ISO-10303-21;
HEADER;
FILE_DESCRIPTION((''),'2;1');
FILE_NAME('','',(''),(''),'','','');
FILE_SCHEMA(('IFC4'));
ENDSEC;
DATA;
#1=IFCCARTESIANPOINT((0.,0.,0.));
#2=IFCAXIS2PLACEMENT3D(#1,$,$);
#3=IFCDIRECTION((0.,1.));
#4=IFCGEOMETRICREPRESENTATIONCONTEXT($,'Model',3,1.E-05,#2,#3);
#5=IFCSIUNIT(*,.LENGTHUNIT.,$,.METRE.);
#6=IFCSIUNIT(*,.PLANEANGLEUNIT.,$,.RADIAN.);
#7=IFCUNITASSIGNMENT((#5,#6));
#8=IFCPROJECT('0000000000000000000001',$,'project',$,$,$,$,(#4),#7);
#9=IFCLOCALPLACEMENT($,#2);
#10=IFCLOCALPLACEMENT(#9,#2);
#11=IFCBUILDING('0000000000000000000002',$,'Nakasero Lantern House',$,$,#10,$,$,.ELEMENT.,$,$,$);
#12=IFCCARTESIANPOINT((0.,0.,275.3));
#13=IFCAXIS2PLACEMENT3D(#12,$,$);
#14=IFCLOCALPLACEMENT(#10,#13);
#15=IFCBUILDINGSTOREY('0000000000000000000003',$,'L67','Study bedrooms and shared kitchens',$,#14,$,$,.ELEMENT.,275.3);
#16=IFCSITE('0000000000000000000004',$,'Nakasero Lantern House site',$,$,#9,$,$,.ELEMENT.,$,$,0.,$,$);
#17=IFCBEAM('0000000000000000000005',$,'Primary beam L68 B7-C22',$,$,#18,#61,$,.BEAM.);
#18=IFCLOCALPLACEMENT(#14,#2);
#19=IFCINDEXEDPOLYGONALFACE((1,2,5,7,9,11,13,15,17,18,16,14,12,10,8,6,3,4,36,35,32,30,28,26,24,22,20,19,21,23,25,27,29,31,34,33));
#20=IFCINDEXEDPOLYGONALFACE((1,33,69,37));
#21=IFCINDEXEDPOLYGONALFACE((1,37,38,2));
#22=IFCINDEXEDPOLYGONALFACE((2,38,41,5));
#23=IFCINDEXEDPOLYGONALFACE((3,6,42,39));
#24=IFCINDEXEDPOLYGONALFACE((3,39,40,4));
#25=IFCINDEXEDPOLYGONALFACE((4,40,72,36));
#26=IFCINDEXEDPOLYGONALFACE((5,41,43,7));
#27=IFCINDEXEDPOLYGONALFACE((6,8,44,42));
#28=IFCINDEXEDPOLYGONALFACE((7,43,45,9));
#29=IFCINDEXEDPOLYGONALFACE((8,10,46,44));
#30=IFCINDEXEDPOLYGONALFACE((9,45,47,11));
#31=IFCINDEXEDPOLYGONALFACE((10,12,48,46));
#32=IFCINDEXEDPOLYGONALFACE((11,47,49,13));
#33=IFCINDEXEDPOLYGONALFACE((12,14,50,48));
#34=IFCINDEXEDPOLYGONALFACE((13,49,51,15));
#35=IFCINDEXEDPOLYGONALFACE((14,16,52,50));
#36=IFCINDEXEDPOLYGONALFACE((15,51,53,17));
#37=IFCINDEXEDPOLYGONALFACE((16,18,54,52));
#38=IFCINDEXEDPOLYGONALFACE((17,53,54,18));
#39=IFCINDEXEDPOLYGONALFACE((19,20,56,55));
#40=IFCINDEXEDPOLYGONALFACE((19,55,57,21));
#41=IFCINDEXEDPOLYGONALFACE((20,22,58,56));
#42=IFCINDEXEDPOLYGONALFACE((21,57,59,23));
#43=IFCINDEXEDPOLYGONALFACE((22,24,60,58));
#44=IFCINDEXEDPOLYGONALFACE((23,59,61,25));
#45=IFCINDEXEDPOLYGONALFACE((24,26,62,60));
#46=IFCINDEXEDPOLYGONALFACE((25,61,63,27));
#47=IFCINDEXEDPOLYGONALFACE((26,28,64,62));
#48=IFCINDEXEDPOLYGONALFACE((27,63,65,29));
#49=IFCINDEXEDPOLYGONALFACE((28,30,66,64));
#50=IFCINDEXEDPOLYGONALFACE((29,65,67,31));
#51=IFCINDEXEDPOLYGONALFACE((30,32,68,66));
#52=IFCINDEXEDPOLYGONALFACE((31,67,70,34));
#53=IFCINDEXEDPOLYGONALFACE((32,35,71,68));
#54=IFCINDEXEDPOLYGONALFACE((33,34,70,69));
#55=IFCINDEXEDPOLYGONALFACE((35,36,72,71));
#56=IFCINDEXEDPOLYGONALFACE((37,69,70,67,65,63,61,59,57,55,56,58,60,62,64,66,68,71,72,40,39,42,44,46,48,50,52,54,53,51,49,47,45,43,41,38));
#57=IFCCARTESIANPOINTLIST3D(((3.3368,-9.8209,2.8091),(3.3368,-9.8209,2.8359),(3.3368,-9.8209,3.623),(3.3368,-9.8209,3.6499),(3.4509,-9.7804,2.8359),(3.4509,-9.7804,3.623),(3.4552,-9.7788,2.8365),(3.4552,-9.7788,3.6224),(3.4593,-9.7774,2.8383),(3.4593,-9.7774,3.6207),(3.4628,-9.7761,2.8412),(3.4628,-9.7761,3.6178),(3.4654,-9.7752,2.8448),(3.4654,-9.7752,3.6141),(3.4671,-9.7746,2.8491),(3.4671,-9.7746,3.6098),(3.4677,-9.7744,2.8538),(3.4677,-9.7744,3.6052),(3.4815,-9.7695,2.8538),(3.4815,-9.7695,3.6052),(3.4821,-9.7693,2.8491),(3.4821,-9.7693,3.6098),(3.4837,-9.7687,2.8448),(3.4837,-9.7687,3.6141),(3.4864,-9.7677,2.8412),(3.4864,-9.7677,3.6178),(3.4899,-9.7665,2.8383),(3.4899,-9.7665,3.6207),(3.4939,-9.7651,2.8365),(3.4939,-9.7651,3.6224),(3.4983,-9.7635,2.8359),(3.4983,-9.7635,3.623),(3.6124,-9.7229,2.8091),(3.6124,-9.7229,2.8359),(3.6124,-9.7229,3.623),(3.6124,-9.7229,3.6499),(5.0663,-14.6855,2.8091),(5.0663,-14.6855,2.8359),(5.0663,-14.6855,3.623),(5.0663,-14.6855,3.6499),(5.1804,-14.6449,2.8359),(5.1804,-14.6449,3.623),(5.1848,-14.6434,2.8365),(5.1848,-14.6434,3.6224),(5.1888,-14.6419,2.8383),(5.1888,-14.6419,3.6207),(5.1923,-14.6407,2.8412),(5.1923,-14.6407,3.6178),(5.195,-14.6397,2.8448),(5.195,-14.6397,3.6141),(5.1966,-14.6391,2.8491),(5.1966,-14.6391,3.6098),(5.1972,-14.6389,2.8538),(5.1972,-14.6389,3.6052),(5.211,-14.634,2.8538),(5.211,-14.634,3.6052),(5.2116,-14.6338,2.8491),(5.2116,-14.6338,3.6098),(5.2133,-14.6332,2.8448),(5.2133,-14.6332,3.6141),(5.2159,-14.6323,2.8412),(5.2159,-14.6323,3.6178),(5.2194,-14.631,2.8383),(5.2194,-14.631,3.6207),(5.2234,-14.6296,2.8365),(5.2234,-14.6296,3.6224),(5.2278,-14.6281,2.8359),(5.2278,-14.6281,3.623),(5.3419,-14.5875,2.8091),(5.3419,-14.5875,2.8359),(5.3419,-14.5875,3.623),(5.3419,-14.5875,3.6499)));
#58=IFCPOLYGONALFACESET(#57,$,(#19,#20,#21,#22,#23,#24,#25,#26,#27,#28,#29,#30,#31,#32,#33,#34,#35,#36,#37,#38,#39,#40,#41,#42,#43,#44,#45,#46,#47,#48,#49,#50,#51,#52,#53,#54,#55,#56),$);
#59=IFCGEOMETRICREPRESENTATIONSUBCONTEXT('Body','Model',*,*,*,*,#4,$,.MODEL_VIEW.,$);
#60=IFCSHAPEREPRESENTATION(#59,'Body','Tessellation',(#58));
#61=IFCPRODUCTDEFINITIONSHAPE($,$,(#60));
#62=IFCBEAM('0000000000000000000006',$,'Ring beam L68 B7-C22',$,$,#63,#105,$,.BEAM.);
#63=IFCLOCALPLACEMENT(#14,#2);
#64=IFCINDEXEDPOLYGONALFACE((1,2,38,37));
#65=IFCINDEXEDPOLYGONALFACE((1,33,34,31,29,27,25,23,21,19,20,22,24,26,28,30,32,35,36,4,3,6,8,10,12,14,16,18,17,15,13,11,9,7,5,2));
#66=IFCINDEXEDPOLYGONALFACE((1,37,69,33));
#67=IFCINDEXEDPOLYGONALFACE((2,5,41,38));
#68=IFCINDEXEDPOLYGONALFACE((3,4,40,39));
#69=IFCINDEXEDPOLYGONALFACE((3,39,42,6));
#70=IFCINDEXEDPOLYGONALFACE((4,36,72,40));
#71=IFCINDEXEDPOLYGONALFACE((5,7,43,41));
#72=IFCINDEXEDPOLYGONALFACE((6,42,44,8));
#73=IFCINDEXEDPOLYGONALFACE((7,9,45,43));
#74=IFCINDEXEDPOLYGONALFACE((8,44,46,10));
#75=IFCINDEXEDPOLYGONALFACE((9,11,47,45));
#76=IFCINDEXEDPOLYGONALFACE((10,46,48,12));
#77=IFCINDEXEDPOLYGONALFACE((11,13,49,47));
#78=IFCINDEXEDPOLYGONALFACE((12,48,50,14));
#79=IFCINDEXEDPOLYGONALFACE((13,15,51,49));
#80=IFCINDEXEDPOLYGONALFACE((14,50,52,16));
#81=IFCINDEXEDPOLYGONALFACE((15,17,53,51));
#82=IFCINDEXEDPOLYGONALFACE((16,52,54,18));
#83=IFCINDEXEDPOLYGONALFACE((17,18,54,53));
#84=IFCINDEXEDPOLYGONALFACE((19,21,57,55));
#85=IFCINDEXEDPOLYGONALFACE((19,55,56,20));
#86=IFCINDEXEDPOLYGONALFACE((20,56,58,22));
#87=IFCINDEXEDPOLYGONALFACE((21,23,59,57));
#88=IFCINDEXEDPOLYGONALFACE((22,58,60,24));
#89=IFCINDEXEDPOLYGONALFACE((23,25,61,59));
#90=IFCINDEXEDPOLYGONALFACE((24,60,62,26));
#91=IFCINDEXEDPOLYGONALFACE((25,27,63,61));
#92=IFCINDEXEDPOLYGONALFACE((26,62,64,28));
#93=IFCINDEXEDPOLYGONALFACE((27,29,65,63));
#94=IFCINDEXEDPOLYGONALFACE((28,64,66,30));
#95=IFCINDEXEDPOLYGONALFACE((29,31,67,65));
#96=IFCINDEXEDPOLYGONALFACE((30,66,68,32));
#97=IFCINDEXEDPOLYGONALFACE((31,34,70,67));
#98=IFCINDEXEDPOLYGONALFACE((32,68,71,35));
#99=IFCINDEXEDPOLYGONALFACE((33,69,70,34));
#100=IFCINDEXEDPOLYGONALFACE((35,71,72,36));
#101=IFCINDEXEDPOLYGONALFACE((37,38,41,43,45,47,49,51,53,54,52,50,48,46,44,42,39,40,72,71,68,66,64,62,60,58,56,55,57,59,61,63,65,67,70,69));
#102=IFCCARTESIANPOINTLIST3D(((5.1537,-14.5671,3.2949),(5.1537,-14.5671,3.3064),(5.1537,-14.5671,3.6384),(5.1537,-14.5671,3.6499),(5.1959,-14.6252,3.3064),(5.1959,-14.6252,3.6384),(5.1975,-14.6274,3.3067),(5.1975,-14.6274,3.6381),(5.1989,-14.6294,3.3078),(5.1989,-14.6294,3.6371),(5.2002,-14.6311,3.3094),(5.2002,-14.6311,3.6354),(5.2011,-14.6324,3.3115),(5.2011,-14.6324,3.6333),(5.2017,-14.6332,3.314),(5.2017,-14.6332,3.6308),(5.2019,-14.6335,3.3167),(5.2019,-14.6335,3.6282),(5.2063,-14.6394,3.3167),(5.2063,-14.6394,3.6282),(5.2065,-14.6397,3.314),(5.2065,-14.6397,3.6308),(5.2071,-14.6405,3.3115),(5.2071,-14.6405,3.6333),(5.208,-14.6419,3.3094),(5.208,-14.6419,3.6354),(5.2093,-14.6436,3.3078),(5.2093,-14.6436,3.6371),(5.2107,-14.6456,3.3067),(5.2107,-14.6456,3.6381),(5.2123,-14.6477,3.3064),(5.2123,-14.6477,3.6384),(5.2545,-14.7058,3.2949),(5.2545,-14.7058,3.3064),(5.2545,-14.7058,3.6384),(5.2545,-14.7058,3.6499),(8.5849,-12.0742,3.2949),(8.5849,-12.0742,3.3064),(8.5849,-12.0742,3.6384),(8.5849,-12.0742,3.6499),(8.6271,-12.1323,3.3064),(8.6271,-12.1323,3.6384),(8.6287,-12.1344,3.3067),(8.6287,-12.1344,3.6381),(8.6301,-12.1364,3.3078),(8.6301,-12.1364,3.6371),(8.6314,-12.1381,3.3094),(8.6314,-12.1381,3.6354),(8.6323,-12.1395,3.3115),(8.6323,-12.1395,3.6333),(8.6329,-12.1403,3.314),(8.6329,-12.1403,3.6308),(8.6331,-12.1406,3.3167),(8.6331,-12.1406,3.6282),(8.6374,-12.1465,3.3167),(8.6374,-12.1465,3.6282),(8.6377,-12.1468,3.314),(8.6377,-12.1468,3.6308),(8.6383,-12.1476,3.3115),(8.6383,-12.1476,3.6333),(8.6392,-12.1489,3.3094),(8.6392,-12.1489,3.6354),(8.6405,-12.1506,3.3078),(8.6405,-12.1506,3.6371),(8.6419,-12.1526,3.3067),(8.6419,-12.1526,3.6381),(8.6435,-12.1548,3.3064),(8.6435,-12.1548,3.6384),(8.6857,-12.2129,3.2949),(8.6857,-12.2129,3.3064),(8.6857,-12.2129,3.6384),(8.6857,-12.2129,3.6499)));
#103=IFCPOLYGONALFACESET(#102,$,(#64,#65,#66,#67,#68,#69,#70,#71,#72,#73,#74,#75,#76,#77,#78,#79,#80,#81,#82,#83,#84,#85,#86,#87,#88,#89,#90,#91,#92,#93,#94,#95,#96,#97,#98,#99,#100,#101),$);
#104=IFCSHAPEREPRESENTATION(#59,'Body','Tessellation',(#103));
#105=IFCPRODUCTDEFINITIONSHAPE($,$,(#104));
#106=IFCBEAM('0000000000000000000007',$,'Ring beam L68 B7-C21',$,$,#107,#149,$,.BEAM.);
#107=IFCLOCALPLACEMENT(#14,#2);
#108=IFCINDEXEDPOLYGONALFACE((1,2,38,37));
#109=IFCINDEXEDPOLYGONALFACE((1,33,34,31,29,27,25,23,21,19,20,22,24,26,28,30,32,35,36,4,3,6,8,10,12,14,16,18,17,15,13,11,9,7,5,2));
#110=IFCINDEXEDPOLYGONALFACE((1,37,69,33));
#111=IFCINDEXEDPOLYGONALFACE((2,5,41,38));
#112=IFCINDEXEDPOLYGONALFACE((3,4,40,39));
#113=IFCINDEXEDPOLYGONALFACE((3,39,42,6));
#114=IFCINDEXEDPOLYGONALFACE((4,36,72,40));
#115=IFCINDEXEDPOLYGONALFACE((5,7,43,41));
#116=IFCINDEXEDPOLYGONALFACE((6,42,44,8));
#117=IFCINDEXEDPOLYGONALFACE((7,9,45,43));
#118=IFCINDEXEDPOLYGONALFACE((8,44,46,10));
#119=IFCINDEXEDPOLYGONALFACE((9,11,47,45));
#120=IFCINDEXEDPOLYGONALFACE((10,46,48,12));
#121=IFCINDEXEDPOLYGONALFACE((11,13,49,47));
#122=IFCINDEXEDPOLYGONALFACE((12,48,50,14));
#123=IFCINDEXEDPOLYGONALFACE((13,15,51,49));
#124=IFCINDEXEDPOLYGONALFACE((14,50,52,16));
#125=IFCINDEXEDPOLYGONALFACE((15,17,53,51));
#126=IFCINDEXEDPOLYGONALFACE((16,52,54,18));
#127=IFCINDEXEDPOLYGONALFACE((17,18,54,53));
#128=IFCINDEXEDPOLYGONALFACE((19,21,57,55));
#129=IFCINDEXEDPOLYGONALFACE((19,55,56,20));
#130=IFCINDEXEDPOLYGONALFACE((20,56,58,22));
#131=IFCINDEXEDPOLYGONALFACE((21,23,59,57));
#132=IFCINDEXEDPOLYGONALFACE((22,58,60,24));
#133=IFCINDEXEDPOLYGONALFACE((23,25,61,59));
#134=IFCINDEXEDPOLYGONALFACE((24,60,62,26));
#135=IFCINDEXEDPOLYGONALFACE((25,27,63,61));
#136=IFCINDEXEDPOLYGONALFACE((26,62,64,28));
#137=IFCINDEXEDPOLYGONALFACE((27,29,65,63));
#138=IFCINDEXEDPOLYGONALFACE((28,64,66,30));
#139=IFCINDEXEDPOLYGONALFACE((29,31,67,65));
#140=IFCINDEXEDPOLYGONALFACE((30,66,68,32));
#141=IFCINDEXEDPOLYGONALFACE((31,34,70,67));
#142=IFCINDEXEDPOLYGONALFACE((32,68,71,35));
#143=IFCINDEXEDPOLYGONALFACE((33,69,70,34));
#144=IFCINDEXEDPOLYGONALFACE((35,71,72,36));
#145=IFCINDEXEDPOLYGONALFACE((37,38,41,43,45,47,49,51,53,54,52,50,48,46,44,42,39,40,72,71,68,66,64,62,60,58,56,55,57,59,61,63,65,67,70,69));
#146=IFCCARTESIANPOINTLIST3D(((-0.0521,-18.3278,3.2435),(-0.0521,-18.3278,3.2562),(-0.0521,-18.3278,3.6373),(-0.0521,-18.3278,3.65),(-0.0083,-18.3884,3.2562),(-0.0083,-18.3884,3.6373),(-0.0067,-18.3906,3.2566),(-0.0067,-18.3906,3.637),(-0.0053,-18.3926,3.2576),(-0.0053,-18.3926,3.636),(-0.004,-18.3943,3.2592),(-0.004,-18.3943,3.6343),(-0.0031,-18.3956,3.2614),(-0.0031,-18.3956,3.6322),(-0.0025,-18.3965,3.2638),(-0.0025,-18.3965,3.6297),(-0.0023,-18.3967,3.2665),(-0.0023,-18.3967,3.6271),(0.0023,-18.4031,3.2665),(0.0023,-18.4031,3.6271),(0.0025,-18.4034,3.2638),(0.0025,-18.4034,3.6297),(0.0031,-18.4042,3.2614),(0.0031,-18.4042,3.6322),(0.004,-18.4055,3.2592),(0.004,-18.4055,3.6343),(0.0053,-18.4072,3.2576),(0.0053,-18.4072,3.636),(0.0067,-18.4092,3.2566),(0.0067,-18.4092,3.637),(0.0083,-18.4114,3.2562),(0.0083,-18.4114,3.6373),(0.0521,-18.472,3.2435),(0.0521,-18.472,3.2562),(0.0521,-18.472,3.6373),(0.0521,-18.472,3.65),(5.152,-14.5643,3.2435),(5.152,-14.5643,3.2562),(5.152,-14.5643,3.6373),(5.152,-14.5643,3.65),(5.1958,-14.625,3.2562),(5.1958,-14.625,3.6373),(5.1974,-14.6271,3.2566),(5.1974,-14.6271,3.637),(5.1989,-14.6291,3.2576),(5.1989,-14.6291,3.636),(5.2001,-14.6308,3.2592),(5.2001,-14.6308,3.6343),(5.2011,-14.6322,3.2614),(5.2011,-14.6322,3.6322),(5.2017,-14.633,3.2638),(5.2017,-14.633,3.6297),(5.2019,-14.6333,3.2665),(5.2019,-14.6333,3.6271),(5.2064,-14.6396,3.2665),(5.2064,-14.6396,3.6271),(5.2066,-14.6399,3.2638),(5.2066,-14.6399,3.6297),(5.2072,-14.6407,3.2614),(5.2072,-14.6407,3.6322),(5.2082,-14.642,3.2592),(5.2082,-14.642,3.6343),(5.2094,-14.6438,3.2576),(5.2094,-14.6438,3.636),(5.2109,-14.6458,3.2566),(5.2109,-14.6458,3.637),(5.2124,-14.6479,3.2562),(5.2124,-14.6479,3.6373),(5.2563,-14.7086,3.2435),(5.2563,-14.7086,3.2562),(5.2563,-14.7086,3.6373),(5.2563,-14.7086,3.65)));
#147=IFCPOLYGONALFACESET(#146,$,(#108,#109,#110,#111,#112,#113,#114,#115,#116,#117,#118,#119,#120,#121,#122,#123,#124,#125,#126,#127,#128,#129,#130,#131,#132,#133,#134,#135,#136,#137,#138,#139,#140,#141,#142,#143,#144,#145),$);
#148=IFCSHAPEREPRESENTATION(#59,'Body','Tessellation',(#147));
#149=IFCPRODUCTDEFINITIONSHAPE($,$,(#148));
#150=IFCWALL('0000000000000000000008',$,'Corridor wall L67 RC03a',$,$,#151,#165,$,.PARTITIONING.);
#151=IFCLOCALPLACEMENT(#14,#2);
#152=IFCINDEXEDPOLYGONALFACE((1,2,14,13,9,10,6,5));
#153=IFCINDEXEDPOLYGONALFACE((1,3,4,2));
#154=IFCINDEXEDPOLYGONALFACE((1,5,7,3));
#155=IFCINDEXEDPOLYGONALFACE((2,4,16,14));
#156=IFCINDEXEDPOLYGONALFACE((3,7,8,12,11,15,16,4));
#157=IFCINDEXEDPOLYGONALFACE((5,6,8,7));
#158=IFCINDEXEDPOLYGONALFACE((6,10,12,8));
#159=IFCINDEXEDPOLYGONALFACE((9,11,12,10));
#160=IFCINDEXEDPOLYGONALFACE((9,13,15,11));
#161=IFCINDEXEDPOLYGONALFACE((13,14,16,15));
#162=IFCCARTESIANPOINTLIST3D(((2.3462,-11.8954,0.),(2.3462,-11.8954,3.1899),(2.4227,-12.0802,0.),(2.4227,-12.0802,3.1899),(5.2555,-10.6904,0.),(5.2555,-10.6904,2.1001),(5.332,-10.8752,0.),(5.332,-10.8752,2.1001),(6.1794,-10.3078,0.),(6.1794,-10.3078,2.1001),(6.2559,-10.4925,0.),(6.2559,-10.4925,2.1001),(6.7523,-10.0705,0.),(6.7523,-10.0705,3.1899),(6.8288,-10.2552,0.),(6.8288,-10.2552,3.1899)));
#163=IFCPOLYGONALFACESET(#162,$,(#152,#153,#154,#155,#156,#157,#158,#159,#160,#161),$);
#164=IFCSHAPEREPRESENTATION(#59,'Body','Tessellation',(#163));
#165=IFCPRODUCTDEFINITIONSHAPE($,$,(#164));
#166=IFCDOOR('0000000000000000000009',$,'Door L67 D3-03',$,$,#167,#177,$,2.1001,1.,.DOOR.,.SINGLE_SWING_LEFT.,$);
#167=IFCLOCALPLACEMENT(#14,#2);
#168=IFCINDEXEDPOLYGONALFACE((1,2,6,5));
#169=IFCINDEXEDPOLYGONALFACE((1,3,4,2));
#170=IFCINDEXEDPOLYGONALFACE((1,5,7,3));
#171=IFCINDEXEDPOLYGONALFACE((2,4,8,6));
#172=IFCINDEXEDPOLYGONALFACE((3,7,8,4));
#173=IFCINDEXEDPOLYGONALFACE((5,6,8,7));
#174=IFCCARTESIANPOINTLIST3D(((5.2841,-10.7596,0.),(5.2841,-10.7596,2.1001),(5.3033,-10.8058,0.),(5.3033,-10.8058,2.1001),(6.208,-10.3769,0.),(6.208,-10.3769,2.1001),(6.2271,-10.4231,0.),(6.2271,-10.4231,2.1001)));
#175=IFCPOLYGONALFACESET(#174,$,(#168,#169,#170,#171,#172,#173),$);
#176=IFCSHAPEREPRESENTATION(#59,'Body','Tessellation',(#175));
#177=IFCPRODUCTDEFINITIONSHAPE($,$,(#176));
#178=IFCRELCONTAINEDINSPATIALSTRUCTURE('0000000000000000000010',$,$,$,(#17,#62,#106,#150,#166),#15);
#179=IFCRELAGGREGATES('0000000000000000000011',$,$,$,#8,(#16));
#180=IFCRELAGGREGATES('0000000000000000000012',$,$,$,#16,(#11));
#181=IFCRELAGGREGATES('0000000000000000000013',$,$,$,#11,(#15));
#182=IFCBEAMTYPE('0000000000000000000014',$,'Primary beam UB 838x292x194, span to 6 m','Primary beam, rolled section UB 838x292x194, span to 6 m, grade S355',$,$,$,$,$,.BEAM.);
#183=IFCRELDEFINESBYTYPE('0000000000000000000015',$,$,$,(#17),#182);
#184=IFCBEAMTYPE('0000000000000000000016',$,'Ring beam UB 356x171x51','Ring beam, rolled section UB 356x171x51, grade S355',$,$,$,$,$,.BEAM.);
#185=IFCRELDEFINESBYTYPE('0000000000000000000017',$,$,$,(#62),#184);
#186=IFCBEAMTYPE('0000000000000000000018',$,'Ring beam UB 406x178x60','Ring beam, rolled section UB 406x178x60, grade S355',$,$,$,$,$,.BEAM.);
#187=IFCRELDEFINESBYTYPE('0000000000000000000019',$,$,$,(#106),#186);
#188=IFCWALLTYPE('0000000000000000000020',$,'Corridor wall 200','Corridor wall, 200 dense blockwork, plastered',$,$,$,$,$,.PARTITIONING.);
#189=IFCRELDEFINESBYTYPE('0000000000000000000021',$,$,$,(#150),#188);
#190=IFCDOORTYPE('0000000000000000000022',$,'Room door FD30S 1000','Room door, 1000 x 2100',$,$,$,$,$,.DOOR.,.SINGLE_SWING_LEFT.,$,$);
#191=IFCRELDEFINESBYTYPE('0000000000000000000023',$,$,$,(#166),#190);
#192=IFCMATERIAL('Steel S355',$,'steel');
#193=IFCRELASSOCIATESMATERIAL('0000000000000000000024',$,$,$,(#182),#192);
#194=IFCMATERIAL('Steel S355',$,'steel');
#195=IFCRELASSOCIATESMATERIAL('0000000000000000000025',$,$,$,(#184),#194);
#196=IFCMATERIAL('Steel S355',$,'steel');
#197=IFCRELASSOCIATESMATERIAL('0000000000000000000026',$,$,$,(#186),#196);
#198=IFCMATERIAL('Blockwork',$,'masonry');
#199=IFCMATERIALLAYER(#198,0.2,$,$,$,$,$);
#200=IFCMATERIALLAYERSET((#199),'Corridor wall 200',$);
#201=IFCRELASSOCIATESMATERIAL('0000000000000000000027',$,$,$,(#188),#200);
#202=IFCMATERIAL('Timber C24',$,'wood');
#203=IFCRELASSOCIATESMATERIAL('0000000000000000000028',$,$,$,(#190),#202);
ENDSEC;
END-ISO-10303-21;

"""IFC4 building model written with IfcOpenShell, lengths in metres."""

from ifc_helpers import new_model, si_unit, direction, frame, frame_2d, origin, origin_2d, place, context, subcontext, project, spatial, rectangle, i_section, extrude, material, layer, layer_set, material_profile, profile_set, type_object, element, fill, save


model = new_model("IFC4")

# Units and contexts
model_context = context("Model", 3, precision=1e-05, world=origin(), true_north=direction((0.0, 1.0)))
body_context = subcontext(model_context, "Body", "Model", "MODEL_VIEW")
ifc_project = project(units=[si_unit("LENGTHUNIT", "METRE"), si_unit("PLANEANGLEUNIT", "RADIAN")], contexts=[model_context])

# Site, building, storey
site_placement = place(None, origin())
site = spatial("IfcSite", under=ifc_project, at=site_placement, Name="Nakasero Lantern House site", CompositionType="ELEMENT", RefElevation=0.0)
building_placement = place(site_placement, origin())
building = spatial("IfcBuilding", under=site, at=building_placement, Name="Nakasero Lantern House", CompositionType="ELEMENT")
storey_placement = place(building_placement, frame((0.0, 0.0, 275.3)))
storey = spatial("IfcBuildingStorey", under=building, at=storey_placement, Name="L67", Description="Study bedrooms and shared kitchens", CompositionType="ELEMENT", Elevation=275.3)

# Beams
ifc_material_1 = material(Name="Steel S355", Category="steel")
ifc_material_profile_1 = material_profile(ifc_material_1, i_section(OverallWidth=0.2925, OverallDepth=0.8408, WebThickness=0.0146, FlangeThickness=0.0269, FilletRadius=0.0178, at=origin_2d()), Name="UB 838x292x194")
ifc_profile_set_1 = profile_set([ifc_material_profile_1], Name="Steel S355")
beam_type_1 = type_object("IfcBeamType", Name="Primary beam UB 838x292x194, span to 6 m", Description="Primary beam, rolled section UB 838x292x194, span to 6 m, grade S355", PredefinedType="BEAM", material=ifc_profile_set_1)
beam_1_placement = place(storey_placement, frame((5.2041, -14.6365, 3.2295), z_axis=(-0.334991, 0.942221, 0.0), x_axis=(-0.942221, -0.334991, 0.0)))
element("IfcBeam", 1, at=beam_1_placement, inside=storey, type_object=beam_type_1, Name="Primary beam L68 B7-C22", PredefinedType="BEAM", context=body_context, shape_type="SweptSolid", body=[
    extrude(i_section(OverallWidth=0.2925, OverallDepth=0.8408, WebThickness=0.0146, FlangeThickness=0.0269, FilletRadius=0.0178, at=origin_2d()), origin(), (0.0, 0.0, 1.0), 5.1628),
])
ifc_material_2 = material(Name="Steel S355", Category="steel")
ifc_material_profile_2 = material_profile(ifc_material_2, i_section(OverallWidth=0.1714, OverallDepth=0.355, WebThickness=0.0073, FlangeThickness=0.0115, FilletRadius=0.0103, at=origin_2d()), Name="UB 356x171x51")
ifc_profile_set_2 = profile_set([ifc_material_profile_2], Name="Steel S355")
beam_type_2 = type_object("IfcBeamType", Name="Ring beam UB 356x171x51", Description="Ring beam, rolled section UB 356x171x51, grade S355", PredefinedType="BEAM", material=ifc_profile_set_2)
beam_2_placement = place(storey_placement, frame((5.2041, -14.6365, 3.4724), z_axis=(0.809012, 0.587792, 0.0), x_axis=(-0.587792, 0.809012, 0.0)))
element("IfcBeam", 2, at=beam_2_placement, inside=storey, type_object=beam_type_2, Name="Ring beam L68 B7-C22", PredefinedType="BEAM", context=body_context, shape_type="SweptSolid", body=[
    extrude(i_section(OverallWidth=0.1714, OverallDepth=0.355, WebThickness=0.0073, FlangeThickness=0.0115, FilletRadius=0.0103, at=origin_2d()), origin(), (0.0, 0.0, 1.0), 4.2412),
])
ifc_material_3 = material(Name="Steel S355", Category="steel")
ifc_material_profile_3 = material_profile(ifc_material_3, i_section(OverallWidth=0.178, OverallDepth=0.4065, WebThickness=0.0078, FlangeThickness=0.0127, FilletRadius=0.0103, at=origin_2d()), Name="UB 406x178x60")
ifc_profile_set_3 = profile_set([ifc_material_profile_3], Name="Steel S355")
beam_type_3 = type_object("IfcBeamType", Name="Ring beam UB 406x178x60", Description="Ring beam, rolled section UB 406x178x60, grade S355", PredefinedType="BEAM", material=ifc_profile_set_3)
beam_3_placement = place(storey_placement, frame((0.0, -18.3999, 3.4468), z_axis=(0.810316, 0.585993, 0.0), x_axis=(-0.585993, 0.810316, 0.0)))
element("IfcBeam", 3, at=beam_3_placement, inside=storey, type_object=beam_type_3, Name="Ring beam L68 B7-C21", PredefinedType="BEAM", context=body_context, shape_type="SweptSolid", body=[
    extrude(i_section(OverallWidth=0.178, OverallDepth=0.4065, WebThickness=0.0078, FlangeThickness=0.0127, FilletRadius=0.0103, at=origin_2d()), origin(), (0.0, 0.0, 1.0), 6.4224),
])

# Wall, opening, door
ifc_material_4 = material(Name="Blockwork", Category="masonry")
ifc_layer_1 = layer(ifc_material_4, 0.2)
ifc_layer_set_1 = layer_set([ifc_layer_1], Name="Corridor wall 200")
wall_type_1 = type_object("IfcWallType", Name="Corridor wall 200", Description="Corridor wall, 200 dense blockwork, plastered", PredefinedType="PARTITIONING", material=ifc_layer_set_1)
wall_1_placement = place(storey_placement, frame((6.7905, -10.1628, 0.0), z_axis=(0.0, 0.0, 1.0), x_axis=(-0.923885, -0.38267, 0.0)))
wall_1 = element("IfcWall", 4, at=wall_1_placement, inside=storey, type_object=wall_type_1, Name="Corridor wall L67 RC03a", PredefinedType="PARTITIONING", context=body_context, shape_type="SweptSolid", body=[
    extrude(rectangle(XDim=4.769, YDim=0.2, at=frame_2d((2.3845, 0.0))), origin(), (0.0, 0.0, 1.0), 3.1899),
])
opening_1_placement = place(wall_1_placement, frame((0.6201, 0.0, 0.0)))
opening_1 = element("IfcOpeningElement", 5, at=opening_1_placement, cuts=wall_1, PredefinedType="OPENING", context=body_context, shape_type="SweptSolid", body=[
    extrude(rectangle(XDim=1.0, YDim=2.1001, at=frame_2d((0.5, 1.05))), frame((0.0, 0.1199, 0.0), z_axis=(0.0, -1.0, 0.0), x_axis=(1.0, 0.0, 0.0)), (0.0, 0.0, 1.0), 0.24),
])
ifc_material_5 = material(Name="Timber C24", Category="wood")
door_type_1 = type_object("IfcDoorType", Name="Room door FD30S 1000", Description="Room door, 1000 x 2100", OperationType="SINGLE_SWING_LEFT", PredefinedType="DOOR", material=ifc_material_5)
door_1_placement = place(opening_1_placement, origin())
door_1 = element("IfcDoor", 6, at=door_1_placement, inside=storey, type_object=door_type_1, Name="Door L67 D3-03", OperationType="SINGLE_SWING_LEFT", OverallHeight=2.1001, OverallWidth=1.0, PredefinedType="DOOR", context=body_context, shape_type="SweptSolid", body=[
    extrude(rectangle(XDim=1.0, YDim=2.1001, at=frame_2d((0.5, 1.05))), frame((0.0, 0.0249, 0.0), z_axis=(0.0, -1.0, 0.0), x_axis=(1.0, 0.0, 0.0)), (0.0, 0.0, 1.0), 0.05),
])
fill(opening_1, door_1)

save(model, "model.ifc")
